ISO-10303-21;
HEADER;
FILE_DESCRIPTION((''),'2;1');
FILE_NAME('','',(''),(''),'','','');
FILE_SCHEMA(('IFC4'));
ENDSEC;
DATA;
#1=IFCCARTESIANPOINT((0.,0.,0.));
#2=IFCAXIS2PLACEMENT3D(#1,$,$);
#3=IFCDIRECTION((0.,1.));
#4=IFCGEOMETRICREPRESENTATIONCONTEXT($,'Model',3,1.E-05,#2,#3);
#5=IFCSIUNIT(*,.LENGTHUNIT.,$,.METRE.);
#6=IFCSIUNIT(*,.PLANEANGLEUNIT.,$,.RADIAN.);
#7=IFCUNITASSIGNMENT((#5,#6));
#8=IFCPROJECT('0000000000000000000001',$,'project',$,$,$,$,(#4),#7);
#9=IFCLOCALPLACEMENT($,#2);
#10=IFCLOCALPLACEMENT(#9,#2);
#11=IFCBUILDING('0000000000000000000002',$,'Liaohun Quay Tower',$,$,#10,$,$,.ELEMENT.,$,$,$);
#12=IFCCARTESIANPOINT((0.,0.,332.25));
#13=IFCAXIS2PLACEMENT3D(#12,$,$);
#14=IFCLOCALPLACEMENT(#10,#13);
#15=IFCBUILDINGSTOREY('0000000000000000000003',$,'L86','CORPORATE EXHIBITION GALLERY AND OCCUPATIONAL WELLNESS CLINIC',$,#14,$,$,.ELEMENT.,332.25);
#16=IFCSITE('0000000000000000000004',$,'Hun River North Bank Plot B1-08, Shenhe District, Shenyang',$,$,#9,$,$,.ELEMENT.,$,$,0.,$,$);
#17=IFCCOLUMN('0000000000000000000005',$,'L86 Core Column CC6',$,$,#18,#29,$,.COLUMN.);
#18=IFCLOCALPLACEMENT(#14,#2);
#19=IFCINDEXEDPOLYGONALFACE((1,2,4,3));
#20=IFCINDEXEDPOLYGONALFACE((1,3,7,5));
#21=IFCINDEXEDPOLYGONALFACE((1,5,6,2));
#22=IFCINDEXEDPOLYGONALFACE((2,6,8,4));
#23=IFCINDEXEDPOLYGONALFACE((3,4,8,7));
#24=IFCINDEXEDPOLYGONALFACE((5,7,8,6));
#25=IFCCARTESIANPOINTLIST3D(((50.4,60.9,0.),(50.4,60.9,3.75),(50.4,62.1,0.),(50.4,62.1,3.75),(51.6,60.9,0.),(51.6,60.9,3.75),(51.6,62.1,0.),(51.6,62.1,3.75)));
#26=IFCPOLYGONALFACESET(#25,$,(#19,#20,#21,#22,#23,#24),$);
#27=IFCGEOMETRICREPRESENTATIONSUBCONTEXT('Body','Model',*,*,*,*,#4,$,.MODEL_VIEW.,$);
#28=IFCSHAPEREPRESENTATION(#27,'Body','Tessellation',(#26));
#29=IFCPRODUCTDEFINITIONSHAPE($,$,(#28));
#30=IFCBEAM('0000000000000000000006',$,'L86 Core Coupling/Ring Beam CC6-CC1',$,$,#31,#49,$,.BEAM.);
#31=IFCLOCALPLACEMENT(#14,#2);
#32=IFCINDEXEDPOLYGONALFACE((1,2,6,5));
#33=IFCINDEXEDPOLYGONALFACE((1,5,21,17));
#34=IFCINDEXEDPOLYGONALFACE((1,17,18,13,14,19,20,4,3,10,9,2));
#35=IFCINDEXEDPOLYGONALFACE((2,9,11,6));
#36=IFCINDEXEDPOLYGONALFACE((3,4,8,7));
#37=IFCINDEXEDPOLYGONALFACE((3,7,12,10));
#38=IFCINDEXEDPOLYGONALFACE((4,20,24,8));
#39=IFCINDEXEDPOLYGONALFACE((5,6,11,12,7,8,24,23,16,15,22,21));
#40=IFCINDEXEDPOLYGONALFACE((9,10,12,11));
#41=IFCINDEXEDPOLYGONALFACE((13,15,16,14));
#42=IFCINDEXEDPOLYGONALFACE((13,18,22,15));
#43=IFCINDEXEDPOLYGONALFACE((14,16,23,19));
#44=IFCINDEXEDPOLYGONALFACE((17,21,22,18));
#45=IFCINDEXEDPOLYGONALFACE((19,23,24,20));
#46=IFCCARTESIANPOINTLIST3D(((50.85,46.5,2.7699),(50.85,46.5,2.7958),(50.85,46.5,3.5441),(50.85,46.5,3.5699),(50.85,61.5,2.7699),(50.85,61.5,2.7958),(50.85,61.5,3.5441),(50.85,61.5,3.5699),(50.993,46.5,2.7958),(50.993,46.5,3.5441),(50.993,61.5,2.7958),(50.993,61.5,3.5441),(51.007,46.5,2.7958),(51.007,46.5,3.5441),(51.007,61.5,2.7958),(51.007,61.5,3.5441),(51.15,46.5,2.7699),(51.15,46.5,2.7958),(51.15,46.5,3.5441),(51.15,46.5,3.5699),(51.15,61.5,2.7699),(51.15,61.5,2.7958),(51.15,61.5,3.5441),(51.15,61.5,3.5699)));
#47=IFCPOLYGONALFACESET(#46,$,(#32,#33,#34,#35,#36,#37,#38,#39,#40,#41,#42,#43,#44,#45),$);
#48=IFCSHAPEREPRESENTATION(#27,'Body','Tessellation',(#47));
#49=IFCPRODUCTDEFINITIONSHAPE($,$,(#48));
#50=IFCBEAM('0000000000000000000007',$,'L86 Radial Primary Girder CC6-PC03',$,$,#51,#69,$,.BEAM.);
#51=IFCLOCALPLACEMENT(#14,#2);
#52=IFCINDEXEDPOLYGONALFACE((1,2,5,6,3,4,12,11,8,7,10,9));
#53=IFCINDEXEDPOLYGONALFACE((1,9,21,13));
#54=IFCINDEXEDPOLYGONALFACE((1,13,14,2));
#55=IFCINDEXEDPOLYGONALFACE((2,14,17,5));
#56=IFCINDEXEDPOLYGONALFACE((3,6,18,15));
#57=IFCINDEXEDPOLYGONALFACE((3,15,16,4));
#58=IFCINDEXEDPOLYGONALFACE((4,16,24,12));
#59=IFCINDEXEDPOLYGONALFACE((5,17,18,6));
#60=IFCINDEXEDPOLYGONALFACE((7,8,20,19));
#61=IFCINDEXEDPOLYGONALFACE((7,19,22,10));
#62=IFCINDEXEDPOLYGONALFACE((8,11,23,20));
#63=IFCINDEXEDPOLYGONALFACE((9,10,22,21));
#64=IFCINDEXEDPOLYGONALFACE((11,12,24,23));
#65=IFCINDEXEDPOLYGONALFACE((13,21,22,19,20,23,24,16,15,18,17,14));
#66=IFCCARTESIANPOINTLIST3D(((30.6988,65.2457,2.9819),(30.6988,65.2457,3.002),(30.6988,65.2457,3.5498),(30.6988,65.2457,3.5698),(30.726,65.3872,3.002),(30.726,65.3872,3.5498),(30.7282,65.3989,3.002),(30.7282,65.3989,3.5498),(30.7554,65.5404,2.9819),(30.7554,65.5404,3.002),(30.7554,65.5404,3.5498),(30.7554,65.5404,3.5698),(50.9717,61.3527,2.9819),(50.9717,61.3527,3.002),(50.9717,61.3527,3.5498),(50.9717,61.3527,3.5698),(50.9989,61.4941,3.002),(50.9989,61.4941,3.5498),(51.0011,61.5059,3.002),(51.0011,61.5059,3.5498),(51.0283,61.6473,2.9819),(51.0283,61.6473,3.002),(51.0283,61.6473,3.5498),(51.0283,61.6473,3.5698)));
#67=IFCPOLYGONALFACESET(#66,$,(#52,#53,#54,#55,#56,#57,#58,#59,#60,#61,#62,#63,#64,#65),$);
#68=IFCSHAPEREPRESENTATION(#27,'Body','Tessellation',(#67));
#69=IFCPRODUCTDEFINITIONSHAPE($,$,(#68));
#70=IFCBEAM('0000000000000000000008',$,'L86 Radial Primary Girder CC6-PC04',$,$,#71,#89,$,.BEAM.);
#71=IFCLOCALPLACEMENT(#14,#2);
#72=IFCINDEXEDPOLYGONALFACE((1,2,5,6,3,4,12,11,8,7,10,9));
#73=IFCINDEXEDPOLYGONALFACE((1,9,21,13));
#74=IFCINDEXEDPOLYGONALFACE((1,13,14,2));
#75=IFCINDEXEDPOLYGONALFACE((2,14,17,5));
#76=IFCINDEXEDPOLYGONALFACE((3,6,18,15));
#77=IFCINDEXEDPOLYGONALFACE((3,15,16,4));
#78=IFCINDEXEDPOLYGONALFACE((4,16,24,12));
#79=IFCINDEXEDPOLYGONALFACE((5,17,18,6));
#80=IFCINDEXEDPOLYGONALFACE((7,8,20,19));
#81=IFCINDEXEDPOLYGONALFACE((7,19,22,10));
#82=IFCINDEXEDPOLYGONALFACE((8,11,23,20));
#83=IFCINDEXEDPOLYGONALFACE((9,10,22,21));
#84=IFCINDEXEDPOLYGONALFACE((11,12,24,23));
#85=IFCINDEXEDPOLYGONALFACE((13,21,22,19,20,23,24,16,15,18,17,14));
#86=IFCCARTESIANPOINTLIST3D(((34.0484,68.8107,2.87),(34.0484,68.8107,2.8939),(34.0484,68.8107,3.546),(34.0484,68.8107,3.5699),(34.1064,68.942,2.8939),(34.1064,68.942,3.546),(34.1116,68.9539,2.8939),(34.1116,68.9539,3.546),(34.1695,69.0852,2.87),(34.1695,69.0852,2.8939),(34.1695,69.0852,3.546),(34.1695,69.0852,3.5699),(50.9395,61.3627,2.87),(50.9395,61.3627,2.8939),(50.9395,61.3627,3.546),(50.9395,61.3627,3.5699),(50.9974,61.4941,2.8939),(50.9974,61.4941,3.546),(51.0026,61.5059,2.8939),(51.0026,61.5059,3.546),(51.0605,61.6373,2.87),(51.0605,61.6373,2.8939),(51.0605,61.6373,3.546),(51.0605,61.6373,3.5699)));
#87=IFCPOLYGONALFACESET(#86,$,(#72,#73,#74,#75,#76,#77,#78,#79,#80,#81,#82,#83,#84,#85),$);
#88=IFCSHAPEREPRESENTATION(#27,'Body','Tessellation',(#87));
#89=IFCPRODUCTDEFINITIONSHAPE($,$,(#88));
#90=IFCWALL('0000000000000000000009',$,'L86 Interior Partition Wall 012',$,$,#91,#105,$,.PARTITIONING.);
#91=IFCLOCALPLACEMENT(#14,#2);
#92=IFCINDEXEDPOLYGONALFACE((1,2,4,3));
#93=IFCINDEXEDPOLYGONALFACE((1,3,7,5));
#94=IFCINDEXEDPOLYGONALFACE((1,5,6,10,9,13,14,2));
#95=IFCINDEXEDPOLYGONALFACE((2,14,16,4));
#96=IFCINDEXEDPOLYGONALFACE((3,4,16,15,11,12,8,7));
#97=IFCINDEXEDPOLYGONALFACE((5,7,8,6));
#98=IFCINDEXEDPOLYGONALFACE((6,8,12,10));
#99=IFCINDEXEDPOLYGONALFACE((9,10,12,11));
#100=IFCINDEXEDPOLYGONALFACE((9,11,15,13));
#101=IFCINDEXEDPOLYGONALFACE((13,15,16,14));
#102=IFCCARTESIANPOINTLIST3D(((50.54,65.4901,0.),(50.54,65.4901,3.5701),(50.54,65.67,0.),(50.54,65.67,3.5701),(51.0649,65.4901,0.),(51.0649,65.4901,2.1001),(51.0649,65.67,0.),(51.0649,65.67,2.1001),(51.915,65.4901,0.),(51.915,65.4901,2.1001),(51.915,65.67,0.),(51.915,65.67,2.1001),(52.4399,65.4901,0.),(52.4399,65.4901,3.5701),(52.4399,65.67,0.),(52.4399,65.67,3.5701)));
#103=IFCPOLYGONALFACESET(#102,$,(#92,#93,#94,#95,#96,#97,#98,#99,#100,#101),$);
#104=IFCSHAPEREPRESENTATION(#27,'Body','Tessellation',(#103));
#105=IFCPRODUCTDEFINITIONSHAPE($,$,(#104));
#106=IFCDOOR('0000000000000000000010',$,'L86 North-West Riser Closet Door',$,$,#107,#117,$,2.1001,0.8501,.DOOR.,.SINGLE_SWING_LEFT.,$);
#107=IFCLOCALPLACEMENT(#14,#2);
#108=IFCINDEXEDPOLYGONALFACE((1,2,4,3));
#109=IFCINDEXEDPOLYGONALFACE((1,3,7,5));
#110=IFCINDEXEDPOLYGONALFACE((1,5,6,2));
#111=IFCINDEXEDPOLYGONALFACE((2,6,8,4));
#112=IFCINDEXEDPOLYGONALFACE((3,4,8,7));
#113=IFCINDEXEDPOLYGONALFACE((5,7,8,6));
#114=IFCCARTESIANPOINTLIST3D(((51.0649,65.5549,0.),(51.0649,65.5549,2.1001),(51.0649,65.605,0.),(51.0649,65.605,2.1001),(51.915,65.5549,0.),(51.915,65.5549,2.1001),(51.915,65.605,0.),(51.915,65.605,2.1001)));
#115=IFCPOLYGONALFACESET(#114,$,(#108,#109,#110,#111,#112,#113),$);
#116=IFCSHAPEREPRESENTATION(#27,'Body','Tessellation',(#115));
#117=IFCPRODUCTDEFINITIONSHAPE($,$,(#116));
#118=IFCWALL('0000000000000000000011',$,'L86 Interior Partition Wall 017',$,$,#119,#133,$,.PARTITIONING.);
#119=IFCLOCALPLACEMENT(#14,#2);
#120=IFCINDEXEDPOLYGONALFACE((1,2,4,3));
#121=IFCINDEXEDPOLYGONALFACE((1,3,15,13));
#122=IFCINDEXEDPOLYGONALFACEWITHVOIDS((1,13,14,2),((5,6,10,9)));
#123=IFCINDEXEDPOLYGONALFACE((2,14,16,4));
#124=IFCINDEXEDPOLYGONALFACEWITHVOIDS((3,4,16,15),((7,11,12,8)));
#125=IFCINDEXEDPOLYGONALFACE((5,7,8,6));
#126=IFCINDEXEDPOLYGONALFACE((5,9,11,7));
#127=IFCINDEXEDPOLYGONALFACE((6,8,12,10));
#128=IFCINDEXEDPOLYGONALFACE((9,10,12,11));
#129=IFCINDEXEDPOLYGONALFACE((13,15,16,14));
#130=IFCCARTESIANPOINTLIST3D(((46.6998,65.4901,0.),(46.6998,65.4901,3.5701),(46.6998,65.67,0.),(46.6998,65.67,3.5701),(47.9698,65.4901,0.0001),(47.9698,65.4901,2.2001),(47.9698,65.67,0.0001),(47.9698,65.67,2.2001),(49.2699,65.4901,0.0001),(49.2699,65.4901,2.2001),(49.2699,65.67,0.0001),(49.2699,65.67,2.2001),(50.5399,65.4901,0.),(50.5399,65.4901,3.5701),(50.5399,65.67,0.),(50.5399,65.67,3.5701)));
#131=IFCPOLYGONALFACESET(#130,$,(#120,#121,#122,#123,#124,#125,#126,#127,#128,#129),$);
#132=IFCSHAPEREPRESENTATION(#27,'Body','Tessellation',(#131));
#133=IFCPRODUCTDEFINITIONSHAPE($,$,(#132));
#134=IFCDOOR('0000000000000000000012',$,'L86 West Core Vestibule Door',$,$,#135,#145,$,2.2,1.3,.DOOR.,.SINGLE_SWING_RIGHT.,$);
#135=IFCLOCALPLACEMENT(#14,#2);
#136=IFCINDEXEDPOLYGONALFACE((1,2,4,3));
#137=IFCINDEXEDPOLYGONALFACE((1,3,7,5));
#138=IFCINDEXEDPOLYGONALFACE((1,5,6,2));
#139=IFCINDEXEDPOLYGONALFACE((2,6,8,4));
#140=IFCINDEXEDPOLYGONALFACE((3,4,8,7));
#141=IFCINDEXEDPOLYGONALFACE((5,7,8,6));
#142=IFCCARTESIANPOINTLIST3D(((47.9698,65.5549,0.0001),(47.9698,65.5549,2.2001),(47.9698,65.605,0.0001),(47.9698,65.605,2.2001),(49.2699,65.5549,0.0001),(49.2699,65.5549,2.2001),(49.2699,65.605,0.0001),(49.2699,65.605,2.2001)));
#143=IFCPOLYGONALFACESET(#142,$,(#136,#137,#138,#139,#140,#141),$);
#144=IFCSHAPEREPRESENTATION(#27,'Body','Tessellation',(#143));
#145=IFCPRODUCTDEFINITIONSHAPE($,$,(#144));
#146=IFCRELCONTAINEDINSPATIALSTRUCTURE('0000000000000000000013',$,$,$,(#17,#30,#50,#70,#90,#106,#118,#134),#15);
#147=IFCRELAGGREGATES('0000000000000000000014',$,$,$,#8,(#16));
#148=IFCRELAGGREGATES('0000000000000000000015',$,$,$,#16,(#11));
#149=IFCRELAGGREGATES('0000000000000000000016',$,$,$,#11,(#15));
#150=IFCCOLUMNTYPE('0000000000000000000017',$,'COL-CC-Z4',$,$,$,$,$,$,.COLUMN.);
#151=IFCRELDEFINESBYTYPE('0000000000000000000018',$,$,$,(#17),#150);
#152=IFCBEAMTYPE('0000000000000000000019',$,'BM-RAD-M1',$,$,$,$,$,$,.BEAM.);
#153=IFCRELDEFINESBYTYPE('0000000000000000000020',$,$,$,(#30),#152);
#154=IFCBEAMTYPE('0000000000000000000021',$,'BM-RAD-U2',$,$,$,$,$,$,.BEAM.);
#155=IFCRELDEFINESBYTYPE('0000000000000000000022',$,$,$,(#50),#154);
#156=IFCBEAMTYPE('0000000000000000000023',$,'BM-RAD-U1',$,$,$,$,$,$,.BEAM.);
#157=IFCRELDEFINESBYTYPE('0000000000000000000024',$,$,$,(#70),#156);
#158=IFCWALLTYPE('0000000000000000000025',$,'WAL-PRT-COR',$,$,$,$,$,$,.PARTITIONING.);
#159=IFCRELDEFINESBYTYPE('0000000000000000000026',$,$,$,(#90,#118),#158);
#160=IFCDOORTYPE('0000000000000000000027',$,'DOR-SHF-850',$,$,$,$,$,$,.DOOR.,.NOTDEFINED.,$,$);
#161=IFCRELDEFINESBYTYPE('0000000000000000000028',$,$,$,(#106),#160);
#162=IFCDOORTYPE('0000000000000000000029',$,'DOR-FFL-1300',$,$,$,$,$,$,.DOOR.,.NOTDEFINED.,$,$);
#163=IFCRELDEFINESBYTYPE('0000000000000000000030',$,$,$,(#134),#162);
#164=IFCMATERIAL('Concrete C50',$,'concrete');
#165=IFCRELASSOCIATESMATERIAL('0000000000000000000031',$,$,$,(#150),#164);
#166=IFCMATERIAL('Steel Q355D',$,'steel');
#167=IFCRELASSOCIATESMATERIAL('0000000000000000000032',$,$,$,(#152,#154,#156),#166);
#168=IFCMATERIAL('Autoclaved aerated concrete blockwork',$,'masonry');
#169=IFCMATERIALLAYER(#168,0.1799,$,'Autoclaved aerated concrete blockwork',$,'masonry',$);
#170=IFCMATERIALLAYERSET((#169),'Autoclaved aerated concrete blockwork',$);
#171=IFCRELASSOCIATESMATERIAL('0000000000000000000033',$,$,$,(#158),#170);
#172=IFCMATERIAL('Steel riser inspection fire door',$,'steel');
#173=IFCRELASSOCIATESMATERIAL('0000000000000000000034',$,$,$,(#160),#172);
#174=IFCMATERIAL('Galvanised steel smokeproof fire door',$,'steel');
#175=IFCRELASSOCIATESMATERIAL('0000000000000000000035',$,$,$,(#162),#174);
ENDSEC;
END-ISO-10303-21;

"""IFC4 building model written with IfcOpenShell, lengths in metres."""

from ifc_helpers import new_model, si_unit, direction, frame, frame_2d, origin, origin_2d, place, context, subcontext, project, spatial, rectangle, i_section, extrude, source, transform, mapped, material, layer, layer_set, material_profile, profile_set, type_object, element, fill, save


model = new_model("IFC4")

# Units and contexts
model_context = context("Model", 3, precision=1e-05, world=origin(), true_north=direction((0.0, 1.0)))
body_context = subcontext(model_context, "Body", "Model", "MODEL_VIEW")
ifc_project = project(units=[si_unit("LENGTHUNIT", "METRE"), si_unit("PLANEANGLEUNIT", "RADIAN")], contexts=[model_context])

# Site, building, storey
site_placement = place(None, origin())
site = spatial("IfcSite", under=ifc_project, at=site_placement, Name="Hun River North Bank Plot B1-08, Shenhe District, Shenyang", CompositionType="ELEMENT", RefElevation=0.0)
building_placement = place(site_placement, origin())
building = spatial("IfcBuilding", under=site, at=building_placement, Name="Liaohun Quay Tower", CompositionType="ELEMENT")
storey_placement = place(building_placement, frame((0.0, 0.0, 332.25)))
storey = spatial("IfcBuildingStorey", under=building, at=storey_placement, Name="L86", Description="CORPORATE EXHIBITION GALLERY AND OCCUPATIONAL WELLNESS CLINIC", CompositionType="ELEMENT", Elevation=332.25)

# Column
ifc_material_1 = material(Name="Concrete C50", Category="concrete")
ifc_material_profile_1 = material_profile(ifc_material_1, rectangle(XDim=1.2, YDim=1.2, at=origin_2d()), Name="RC1200x1200")
ifc_profile_set_1 = profile_set([ifc_material_profile_1], Name="Concrete C50")
column_type = type_object("IfcColumnType", Name="COL-CC-Z4", PredefinedType="COLUMN", material=ifc_profile_set_1)
shared_shape_1 = source(origin(), body_context, "Body", "SweptSolid", [
    extrude(rectangle(XDim=1.2, YDim=1.2, at=origin_2d()), origin(), (0.0, 0.0, 1.0), 3.75),
])
column_placement = place(storey_placement, frame((51.0, 61.5, 0.0), z_axis=(0.0, 0.0, 1.0), x_axis=(1.0, 0.0, 0.0)))
element("IfcColumn", 1, at=column_placement, inside=storey, type_object=column_type, Name="L86 Core Column CC6", PredefinedType="COLUMN", context=body_context, shape_type="MappedRepresentation", body=[
    mapped(shared_shape_1, transform((0.0, 0.0, 0.0), x_axis=(1.0, 0.0, 0.0), y_axis=(0.0, 1.0, 0.0), z_axis=(0.0, 0.0, 1.0), scale=1.0)),
])

# Beams
ifc_material_2 = material(Name="Steel Q355D", Category="steel")
ifc_material_profile_2 = material_profile(ifc_material_2, i_section(OverallWidth=0.3, OverallDepth=0.8, WebThickness=0.0139, FlangeThickness=0.0259, at=origin_2d()), Name="HN800x300x14x26")
ifc_profile_set_2 = profile_set([ifc_material_profile_2], Name="Steel Q355D")
beam_type_1 = type_object("IfcBeamType", Name="BM-RAD-M1", PredefinedType="BEAM", material=ifc_profile_set_2)
shared_shape_2 = source(origin(), body_context, "Body", "SweptSolid", [
    extrude(i_section(OverallWidth=0.3, OverallDepth=0.8, WebThickness=0.0139, FlangeThickness=0.0259, at=origin_2d()), origin(), (0.0, 0.0, 1.0), 15.0),
])
beam_1_placement = place(storey_placement, frame((51.0, 61.5, 3.1699), z_axis=(0.0, -1.0, 0.0), x_axis=(1.0, 0.0, 0.0)))
element("IfcBeam", 2, at=beam_1_placement, inside=storey, type_object=beam_type_1, Name="L86 Core Coupling/Ring Beam CC6-CC1", PredefinedType="BEAM", context=body_context, shape_type="MappedRepresentation", body=[
    mapped(shared_shape_2, transform((0.0, 0.0, 0.0), x_axis=(1.0, 0.0, 0.0), y_axis=(0.0, 1.0, 0.0), z_axis=(0.0, 0.0, 1.0), scale=1.0)),
])
ifc_material_profile_3 = material_profile(ifc_material_2, i_section(OverallWidth=0.3, OverallDepth=0.5879, WebThickness=0.012, FlangeThickness=0.02, at=origin_2d()), Name="HM588x300x12x20")
ifc_profile_set_3 = profile_set([ifc_material_profile_3], Name="Steel Q355D")
beam_type_2 = type_object("IfcBeamType", Name="BM-RAD-U2", PredefinedType="BEAM", material=ifc_profile_set_3)
shared_shape_3 = source(origin(), body_context, "Body", "SweptSolid", [
    extrude(i_section(OverallWidth=0.3, OverallDepth=0.5879, WebThickness=0.012, FlangeThickness=0.02, at=origin_2d()), origin(), (0.0, 0.0, 1.0), 20.6433),
])
beam_2_placement = place(storey_placement, frame((51.0, 61.5, 3.2759), z_axis=(-0.982057, 0.188587, 0.0), x_axis=(-0.188587, -0.982057, 0.0)))
element("IfcBeam", 3, at=beam_2_placement, inside=storey, type_object=beam_type_2, Name="L86 Radial Primary Girder CC6-PC03", PredefinedType="BEAM", context=body_context, shape_type="MappedRepresentation", body=[
    mapped(shared_shape_3, transform((0.0, 0.0, 0.0), x_axis=(1.0, 0.0, 0.0), y_axis=(0.0, 1.0, 0.0), z_axis=(0.0, 0.0, 1.0), scale=1.0)),
])
ifc_material_profile_4 = material_profile(ifc_material_2, i_section(OverallWidth=0.3, OverallDepth=0.7, WebThickness=0.0129, FlangeThickness=0.0239, at=origin_2d()), Name="HN700x300x13x24")
ifc_profile_set_4 = profile_set([ifc_material_profile_4], Name="Steel Q355D")
beam_type_3 = type_object("IfcBeamType", Name="BM-RAD-U1", PredefinedType="BEAM", material=ifc_profile_set_4)
shared_shape_4 = source(origin(), body_context, "Body", "SweptSolid", [
    extrude(i_section(OverallWidth=0.3, OverallDepth=0.7, WebThickness=0.0129, FlangeThickness=0.0239, at=origin_2d()), origin(), (0.0, 0.0, 1.0), 18.4602),
])
beam_3_placement = place(storey_placement, frame((51.0, 61.5, 3.22), z_axis=(-0.914997, 0.40346, 0.0), x_axis=(-0.40346, -0.914997, 0.0)))
element("IfcBeam", 4, at=beam_3_placement, inside=storey, type_object=beam_type_3, Name="L86 Radial Primary Girder CC6-PC04", PredefinedType="BEAM", context=body_context, shape_type="MappedRepresentation", body=[
    mapped(shared_shape_4, transform((0.0, 0.0, 0.0), x_axis=(1.0, 0.0, 0.0), y_axis=(0.0, 1.0, 0.0), z_axis=(0.0, 0.0, 1.0), scale=1.0)),
])

# Walls, openings, doors
ifc_material_3 = material(Name="Autoclaved aerated concrete blockwork", Category="masonry")
ifc_layer_1 = layer(ifc_material_3, 0.1799, Name="Autoclaved aerated concrete blockwork", Category="masonry")
ifc_layer_set_1 = layer_set([ifc_layer_1], Name="Autoclaved aerated concrete blockwork")
wall_type_1 = type_object("IfcWallType", Name="WAL-PRT-COR", PredefinedType="PARTITIONING", material=ifc_layer_set_1)
wall_1_placement = place(storey_placement, frame((50.54, 65.5801, 0.0), z_axis=(0.0, 0.0, 1.0), x_axis=(1.0, 0.0, 0.0)))
wall_1 = element("IfcWall", 5, at=wall_1_placement, inside=storey, type_object=wall_type_1, Name="L86 Interior Partition Wall 012", PredefinedType="PARTITIONING", context=body_context, shape_type="SweptSolid", body=[
    extrude(rectangle(XDim=1.8999, YDim=0.1799, at=frame_2d((0.95, 0.0))), origin(), (0.0, 0.0, 1.0), 3.5701),
])
shared_shape_5 = source(origin(), body_context, "Body", "SweptSolid", [
    extrude(rectangle(XDim=0.8501, YDim=2.1001, at=frame_2d((0.425, 1.05))), frame((0.0, 0.0999, 0.0), z_axis=(0.0, -1.0, 0.0), x_axis=(1.0, 0.0, 0.0)), (0.0, 0.0, 1.0), 0.2),
])
opening_1_placement = place(wall_1_placement, frame((0.5249, 0.0, 0.0)))
opening_1 = element("IfcOpeningElement", 6, at=opening_1_placement, cuts=wall_1, PredefinedType="OPENING", context=body_context, shape_type="MappedRepresentation", body=[
    mapped(shared_shape_5, transform((0.0, 0.0, 0.0), x_axis=(1.0, 0.0, 0.0), y_axis=(0.0, 1.0, 0.0), z_axis=(0.0, 0.0, 1.0), scale=1.0)),
])
ifc_material_4 = material(Name="Steel riser inspection fire door", Category="steel")
door_type_1 = type_object("IfcDoorType", Name="DOR-SHF-850", OperationType="NOTDEFINED", PredefinedType="DOOR", material=ifc_material_4)
shared_shape_6 = source(origin(), body_context, "Body", "SweptSolid", [
    extrude(rectangle(XDim=0.8501, YDim=2.1001, at=frame_2d((0.425, 1.05))), frame((0.0, 0.0249, 0.0), z_axis=(0.0, -1.0, 0.0), x_axis=(1.0, 0.0, 0.0)), (0.0, 0.0, 1.0), 0.05),
])
door_1_placement = place(opening_1_placement, origin())
door_1 = element("IfcDoor", 7, at=door_1_placement, inside=storey, type_object=door_type_1, Name="L86 North-West Riser Closet Door", OperationType="SINGLE_SWING_LEFT", OverallHeight=2.1001, OverallWidth=0.8501, PredefinedType="DOOR", context=body_context, shape_type="MappedRepresentation", body=[
    mapped(shared_shape_6, transform((0.0, 0.0, 0.0), x_axis=(1.0, 0.0, 0.0), y_axis=(0.0, 1.0, 0.0), z_axis=(0.0, 0.0, 1.0), scale=1.0)),
])
fill(opening_1, door_1)
wall_2_placement = place(storey_placement, frame((46.7, 65.5801, 0.0), z_axis=(0.0, 0.0, 1.0), x_axis=(1.0, 0.0, 0.0)))
wall_2 = element("IfcWall", 8, at=wall_2_placement, inside=storey, type_object=wall_type_1, Name="L86 Interior Partition Wall 017", PredefinedType="PARTITIONING", context=body_context, shape_type="SweptSolid", body=[
    extrude(rectangle(XDim=3.8401, YDim=0.1799, at=frame_2d((1.9199, 0.0))), origin(), (0.0, 0.0, 1.0), 3.5701),
])
shared_shape_7 = source(origin(), body_context, "Body", "SweptSolid", [
    extrude(rectangle(XDim=1.3, YDim=2.2, at=frame_2d((0.6499, 1.1001))), frame((0.0, 0.0999, 0.0), z_axis=(0.0, -1.0, 0.0), x_axis=(1.0, 0.0, 0.0)), (0.0, 0.0, 1.0), 0.2),
])
opening_2_placement = place(wall_2_placement, frame((1.27, 0.0, 0.0)))
opening_2 = element("IfcOpeningElement", 9, at=opening_2_placement, cuts=wall_2, PredefinedType="OPENING", context=body_context, shape_type="MappedRepresentation", body=[
    mapped(shared_shape_7, transform((0.0, 0.0, 0.0), x_axis=(1.0, 0.0, 0.0), y_axis=(0.0, 1.0, 0.0), z_axis=(0.0, 0.0, 1.0), scale=1.0)),
])
ifc_material_5 = material(Name="Galvanised steel smokeproof fire door", Category="steel")
door_type_2 = type_object("IfcDoorType", Name="DOR-FFL-1300", OperationType="NOTDEFINED", PredefinedType="DOOR", material=ifc_material_5)
shared_shape_8 = source(origin(), body_context, "Body", "SweptSolid", [
    extrude(rectangle(XDim=1.3, YDim=2.2, at=frame_2d((0.6499, 1.1001))), frame((0.0, 0.0249, 0.0), z_axis=(0.0, -1.0, 0.0), x_axis=(1.0, 0.0, 0.0)), (0.0, 0.0, 1.0), 0.05),
])
door_2_placement = place(opening_2_placement, origin())
door_2 = element("IfcDoor", 10, at=door_2_placement, inside=storey, type_object=door_type_2, Name="L86 West Core Vestibule Door", OperationType="SINGLE_SWING_RIGHT", OverallHeight=2.2, OverallWidth=1.3, PredefinedType="DOOR", context=body_context, shape_type="MappedRepresentation", body=[
    mapped(shared_shape_8, transform((0.0, 0.0, 0.0), x_axis=(1.0, 0.0, 0.0), y_axis=(0.0, 1.0, 0.0), z_axis=(0.0, 0.0, 1.0), scale=1.0)),
])
fill(opening_2, door_2)

save(model, "model.ifc")
